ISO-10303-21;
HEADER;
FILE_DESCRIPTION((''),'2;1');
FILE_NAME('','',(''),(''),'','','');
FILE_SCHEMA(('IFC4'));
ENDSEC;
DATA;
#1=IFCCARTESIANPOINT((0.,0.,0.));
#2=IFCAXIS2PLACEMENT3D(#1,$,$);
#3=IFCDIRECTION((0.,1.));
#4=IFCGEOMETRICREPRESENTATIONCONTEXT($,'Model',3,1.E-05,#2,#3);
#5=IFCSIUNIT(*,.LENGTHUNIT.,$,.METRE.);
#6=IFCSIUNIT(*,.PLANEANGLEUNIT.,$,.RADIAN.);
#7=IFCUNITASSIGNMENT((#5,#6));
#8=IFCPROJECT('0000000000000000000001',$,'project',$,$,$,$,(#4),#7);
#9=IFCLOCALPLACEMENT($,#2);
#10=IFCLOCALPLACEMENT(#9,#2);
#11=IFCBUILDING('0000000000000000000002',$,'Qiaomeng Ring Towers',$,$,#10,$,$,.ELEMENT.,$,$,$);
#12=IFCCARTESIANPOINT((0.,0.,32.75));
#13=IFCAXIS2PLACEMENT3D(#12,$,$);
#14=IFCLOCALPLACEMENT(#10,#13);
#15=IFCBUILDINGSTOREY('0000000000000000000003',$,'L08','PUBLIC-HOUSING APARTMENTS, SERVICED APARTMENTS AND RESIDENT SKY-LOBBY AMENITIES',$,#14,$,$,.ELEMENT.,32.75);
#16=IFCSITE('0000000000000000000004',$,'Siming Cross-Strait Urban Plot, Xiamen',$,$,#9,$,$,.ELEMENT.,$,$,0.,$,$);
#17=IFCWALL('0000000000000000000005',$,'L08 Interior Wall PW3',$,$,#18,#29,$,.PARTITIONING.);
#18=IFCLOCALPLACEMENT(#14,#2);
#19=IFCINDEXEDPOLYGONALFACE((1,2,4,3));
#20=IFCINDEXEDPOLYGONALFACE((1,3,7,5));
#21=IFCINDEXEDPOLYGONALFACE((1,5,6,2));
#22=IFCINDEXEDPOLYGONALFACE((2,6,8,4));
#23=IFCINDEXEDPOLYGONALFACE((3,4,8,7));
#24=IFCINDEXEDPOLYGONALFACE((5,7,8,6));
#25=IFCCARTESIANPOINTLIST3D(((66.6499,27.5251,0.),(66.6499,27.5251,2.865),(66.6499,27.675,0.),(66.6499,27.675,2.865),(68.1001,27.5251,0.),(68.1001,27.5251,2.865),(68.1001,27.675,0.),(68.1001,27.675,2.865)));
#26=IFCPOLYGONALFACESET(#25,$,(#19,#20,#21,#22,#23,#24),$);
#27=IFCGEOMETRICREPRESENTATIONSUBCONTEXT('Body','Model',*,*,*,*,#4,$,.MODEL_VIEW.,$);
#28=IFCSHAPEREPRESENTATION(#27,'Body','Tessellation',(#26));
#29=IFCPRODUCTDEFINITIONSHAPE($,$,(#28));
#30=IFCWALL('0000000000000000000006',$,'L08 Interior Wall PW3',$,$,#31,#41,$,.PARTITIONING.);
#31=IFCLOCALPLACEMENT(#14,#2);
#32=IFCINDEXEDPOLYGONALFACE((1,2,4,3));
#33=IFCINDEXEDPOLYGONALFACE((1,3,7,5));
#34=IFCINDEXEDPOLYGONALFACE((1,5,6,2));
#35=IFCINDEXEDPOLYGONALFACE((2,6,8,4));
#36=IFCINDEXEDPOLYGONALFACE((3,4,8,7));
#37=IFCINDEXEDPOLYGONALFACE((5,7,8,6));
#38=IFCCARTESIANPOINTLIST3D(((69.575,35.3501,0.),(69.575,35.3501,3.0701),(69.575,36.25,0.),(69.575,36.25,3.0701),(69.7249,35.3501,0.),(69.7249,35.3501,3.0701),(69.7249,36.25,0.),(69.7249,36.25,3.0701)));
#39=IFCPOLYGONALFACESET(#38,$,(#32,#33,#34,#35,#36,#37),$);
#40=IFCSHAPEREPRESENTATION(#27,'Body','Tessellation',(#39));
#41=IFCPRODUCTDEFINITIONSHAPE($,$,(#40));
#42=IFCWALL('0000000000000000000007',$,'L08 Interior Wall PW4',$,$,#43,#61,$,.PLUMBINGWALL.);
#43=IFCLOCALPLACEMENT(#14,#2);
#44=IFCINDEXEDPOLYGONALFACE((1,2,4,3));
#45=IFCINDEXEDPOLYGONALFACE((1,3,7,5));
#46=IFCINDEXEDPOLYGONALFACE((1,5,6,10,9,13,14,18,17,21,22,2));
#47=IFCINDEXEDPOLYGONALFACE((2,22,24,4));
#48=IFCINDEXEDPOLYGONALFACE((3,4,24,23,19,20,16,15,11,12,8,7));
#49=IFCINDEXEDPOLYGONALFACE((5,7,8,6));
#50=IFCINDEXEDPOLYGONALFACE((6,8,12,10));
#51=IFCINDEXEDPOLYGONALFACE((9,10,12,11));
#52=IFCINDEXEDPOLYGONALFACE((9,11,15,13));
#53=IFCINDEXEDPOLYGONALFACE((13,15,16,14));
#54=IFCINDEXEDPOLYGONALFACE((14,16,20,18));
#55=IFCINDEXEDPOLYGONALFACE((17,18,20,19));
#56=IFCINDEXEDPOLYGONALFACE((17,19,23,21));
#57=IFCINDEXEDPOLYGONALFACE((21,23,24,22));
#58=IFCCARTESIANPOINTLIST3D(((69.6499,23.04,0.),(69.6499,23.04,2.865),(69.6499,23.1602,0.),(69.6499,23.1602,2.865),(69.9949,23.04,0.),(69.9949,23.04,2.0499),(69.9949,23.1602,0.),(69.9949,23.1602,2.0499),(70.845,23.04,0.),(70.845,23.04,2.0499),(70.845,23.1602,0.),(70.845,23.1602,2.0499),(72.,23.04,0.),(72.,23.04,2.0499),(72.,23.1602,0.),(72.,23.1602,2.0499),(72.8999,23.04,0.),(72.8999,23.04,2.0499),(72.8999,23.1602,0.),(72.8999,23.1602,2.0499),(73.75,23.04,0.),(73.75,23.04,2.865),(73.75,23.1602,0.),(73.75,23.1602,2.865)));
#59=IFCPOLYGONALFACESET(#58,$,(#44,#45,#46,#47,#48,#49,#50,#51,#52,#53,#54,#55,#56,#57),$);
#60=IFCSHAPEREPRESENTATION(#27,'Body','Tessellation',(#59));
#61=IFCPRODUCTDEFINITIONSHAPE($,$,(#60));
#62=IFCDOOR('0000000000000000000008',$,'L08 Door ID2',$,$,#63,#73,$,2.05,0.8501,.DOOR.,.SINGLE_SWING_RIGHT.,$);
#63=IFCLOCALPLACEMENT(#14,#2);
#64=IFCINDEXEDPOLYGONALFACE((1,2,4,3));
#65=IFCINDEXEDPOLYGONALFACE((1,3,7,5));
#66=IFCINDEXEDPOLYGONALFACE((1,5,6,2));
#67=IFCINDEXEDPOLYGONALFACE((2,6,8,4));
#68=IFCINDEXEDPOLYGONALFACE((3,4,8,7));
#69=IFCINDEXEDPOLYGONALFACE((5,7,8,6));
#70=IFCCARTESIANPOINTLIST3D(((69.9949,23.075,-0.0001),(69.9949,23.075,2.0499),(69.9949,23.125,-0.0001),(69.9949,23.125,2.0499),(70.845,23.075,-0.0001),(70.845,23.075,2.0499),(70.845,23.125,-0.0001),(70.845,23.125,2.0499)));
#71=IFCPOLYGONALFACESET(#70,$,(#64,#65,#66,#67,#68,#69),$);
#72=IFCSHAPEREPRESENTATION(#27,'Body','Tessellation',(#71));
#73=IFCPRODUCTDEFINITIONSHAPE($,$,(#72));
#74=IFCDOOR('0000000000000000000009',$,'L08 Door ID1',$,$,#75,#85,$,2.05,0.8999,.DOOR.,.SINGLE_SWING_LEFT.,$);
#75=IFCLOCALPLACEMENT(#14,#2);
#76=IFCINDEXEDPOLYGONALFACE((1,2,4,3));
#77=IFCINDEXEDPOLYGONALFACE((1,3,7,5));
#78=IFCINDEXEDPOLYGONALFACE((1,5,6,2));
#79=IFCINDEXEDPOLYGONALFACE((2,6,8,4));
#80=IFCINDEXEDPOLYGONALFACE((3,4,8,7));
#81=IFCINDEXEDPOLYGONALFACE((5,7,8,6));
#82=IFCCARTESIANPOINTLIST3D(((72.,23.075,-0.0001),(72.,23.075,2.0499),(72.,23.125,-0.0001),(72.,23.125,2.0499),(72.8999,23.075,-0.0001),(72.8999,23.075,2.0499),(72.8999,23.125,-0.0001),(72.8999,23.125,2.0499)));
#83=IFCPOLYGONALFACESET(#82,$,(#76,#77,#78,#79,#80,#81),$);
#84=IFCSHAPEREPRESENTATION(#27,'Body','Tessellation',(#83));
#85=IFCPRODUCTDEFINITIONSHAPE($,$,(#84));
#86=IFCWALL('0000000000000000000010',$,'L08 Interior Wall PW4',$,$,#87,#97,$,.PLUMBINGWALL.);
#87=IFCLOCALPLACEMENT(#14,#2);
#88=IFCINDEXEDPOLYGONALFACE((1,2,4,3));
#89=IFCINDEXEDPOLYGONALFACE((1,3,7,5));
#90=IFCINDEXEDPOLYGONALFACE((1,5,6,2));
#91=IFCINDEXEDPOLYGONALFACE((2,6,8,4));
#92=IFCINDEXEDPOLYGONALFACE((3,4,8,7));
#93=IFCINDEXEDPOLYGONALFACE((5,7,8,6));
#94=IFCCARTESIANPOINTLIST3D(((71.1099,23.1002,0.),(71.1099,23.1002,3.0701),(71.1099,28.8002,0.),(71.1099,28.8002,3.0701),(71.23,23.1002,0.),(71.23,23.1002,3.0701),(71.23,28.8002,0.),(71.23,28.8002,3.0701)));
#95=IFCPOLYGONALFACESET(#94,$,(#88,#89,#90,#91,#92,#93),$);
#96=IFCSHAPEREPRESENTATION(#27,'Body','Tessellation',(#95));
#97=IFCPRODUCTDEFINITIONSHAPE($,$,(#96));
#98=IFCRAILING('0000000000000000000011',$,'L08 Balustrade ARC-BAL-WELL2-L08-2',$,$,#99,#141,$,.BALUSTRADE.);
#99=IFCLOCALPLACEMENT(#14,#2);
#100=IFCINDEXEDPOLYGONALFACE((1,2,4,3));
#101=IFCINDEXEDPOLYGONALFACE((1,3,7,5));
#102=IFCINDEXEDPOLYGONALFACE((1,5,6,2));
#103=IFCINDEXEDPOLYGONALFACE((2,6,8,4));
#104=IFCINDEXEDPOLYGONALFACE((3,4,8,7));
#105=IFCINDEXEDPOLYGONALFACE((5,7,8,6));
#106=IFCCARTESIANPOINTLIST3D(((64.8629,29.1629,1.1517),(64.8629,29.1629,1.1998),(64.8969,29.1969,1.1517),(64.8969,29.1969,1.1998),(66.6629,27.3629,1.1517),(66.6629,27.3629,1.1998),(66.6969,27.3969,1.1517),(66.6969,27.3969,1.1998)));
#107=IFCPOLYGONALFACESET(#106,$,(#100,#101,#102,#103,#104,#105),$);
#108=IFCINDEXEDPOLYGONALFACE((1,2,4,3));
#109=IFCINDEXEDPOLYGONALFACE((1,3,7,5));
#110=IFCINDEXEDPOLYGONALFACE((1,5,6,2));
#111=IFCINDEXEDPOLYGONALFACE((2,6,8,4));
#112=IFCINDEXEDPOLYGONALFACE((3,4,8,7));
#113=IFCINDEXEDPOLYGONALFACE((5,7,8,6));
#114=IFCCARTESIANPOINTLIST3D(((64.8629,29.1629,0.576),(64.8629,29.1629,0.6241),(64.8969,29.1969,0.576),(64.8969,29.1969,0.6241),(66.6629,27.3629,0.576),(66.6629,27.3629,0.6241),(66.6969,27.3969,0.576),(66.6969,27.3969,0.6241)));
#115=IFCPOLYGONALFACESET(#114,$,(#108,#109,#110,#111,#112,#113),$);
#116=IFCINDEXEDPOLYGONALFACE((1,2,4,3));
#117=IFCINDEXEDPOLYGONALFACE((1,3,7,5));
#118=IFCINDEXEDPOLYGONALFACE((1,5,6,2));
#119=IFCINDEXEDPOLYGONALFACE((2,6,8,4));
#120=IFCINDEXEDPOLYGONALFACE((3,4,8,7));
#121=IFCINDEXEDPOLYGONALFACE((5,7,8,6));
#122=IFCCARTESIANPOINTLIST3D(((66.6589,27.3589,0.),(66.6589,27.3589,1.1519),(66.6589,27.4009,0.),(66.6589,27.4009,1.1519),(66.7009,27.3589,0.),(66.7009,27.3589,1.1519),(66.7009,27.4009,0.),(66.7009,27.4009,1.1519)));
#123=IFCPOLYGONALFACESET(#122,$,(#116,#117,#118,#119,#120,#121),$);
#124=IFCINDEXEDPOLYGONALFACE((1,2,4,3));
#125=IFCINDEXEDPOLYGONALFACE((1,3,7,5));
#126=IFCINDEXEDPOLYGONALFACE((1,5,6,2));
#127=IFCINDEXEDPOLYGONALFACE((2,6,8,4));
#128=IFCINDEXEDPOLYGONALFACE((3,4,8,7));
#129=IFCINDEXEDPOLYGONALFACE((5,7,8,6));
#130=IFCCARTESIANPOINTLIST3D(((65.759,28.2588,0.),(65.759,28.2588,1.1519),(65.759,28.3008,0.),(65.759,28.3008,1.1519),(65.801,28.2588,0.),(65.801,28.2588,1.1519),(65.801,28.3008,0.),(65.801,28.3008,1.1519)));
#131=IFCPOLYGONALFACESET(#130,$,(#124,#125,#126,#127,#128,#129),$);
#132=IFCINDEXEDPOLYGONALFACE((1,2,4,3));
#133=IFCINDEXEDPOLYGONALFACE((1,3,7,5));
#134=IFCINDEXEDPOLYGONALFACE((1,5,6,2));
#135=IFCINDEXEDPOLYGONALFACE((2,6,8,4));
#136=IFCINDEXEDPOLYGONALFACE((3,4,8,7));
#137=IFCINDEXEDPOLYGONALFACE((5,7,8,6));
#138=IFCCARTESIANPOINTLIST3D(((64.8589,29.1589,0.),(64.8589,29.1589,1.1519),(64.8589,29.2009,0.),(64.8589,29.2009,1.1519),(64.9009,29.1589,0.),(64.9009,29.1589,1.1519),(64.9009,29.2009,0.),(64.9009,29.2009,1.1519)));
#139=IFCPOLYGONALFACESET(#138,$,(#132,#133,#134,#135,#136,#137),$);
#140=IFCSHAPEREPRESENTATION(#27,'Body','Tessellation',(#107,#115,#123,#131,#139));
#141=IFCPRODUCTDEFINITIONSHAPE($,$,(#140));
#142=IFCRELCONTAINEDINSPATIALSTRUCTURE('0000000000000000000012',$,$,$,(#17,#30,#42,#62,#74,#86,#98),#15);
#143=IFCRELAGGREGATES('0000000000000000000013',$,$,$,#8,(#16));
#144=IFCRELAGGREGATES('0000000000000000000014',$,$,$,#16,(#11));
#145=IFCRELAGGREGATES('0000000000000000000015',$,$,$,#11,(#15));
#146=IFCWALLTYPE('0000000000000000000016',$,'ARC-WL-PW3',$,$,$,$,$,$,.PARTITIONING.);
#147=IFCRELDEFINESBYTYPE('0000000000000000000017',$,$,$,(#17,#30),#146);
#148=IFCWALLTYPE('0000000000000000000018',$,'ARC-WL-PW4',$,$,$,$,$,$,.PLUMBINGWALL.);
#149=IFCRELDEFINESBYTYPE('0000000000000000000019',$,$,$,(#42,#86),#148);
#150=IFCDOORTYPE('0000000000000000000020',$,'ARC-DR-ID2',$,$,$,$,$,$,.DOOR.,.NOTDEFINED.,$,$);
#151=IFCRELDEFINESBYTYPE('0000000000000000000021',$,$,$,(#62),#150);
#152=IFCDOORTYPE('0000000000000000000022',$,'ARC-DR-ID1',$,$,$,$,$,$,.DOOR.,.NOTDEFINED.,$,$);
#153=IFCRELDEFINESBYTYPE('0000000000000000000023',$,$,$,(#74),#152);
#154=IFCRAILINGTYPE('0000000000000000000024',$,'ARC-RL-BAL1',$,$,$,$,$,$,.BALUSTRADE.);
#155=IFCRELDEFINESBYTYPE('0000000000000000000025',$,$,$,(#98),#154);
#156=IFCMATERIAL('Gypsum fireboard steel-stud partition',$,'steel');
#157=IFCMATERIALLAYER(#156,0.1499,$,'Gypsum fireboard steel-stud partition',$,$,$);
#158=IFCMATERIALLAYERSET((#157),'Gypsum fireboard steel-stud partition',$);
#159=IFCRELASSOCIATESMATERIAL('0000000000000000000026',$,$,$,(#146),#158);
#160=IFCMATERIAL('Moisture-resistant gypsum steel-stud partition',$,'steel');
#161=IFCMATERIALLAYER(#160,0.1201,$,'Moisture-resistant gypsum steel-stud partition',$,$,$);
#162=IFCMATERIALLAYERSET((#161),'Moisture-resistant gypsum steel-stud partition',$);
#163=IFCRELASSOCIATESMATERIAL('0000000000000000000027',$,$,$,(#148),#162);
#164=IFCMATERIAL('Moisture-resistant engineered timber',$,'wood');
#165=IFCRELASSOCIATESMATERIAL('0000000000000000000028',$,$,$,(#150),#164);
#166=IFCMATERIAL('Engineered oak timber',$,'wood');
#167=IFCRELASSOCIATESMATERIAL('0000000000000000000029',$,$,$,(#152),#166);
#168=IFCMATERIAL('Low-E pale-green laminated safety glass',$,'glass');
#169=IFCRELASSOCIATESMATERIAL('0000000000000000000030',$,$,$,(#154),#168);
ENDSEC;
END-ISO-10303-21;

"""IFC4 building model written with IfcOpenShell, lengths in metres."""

from ifc_helpers import new_model, si_unit, direction, frame, frame_2d, origin, origin_2d, place, context, subcontext, project, spatial, rectangle, extrude, source, transform, mapped, material, layer, layer_set, type_object, element, fill, save


model = new_model("IFC4")

# Units and contexts
model_context = context("Model", 3, precision=1e-05, world=origin(), true_north=direction((0.0, 1.0)))
body_context = subcontext(model_context, "Body", "Model", "MODEL_VIEW")
ifc_project = project(units=[si_unit("LENGTHUNIT", "METRE"), si_unit("PLANEANGLEUNIT", "RADIAN")], contexts=[model_context])

# Site, building, storey
site_placement = place(None, origin())
site = spatial("IfcSite", under=ifc_project, at=site_placement, Name="Siming Cross-Strait Urban Plot, Xiamen", CompositionType="ELEMENT", RefElevation=0.0)
building_placement = place(site_placement, origin())
building = spatial("IfcBuilding", under=site, at=building_placement, Name="Qiaomeng Ring Towers", CompositionType="ELEMENT")
storey_placement = place(building_placement, frame((0.0, 0.0, 32.75)))
storey = spatial("IfcBuildingStorey", under=building, at=storey_placement, Name="L08", Description="PUBLIC-HOUSING APARTMENTS, SERVICED APARTMENTS AND RESIDENT SKY-LOBBY AMENITIES", CompositionType="ELEMENT", Elevation=32.75)

# Walls
ifc_material_1 = material(Name="Gypsum fireboard steel-stud partition", Category="steel")
ifc_layer_1 = layer(ifc_material_1, 0.1499, Name="Gypsum fireboard steel-stud partition")
ifc_layer_set_1 = layer_set([ifc_layer_1], Name="Gypsum fireboard steel-stud partition")
wall_type_1 = type_object("IfcWallType", Name="ARC-WL-PW3", PredefinedType="PARTITIONING", material=ifc_layer_set_1)
wall_1_placement = place(storey_placement, frame((66.6499, 27.6001, 0.0), z_axis=(0.0, 0.0, 1.0), x_axis=(1.0, 0.0, 0.0)))
element("IfcWall", 1, at=wall_1_placement, inside=storey, type_object=wall_type_1, Name="L08 Interior Wall PW3", PredefinedType="PARTITIONING", context=body_context, shape_type="SweptSolid", body=[
    extrude(rectangle(XDim=1.4502, YDim=0.1499, at=frame_2d((0.7251, 0.0))), origin(), (0.0, 0.0, 1.0), 2.865),
])
wall_2_placement = place(storey_placement, frame((69.6499, 35.3501, 0.0), z_axis=(0.0, 0.0, 1.0), x_axis=(0.0, 1.0, 0.0)))
element("IfcWall", 2, at=wall_2_placement, inside=storey, type_object=wall_type_1, Name="L08 Interior Wall PW3", PredefinedType="PARTITIONING", context=body_context, shape_type="SweptSolid", body=[
    extrude(rectangle(XDim=0.8999, YDim=0.1499, at=frame_2d((0.45, 0.0))), origin(), (0.0, 0.0, 1.0), 3.0701),
])

# Wall, openings, doors
ifc_material_2 = material(Name="Moisture-resistant gypsum steel-stud partition", Category="steel")
ifc_layer_2 = layer(ifc_material_2, 0.1201, Name="Moisture-resistant gypsum steel-stud partition")
ifc_layer_set_2 = layer_set([ifc_layer_2], Name="Moisture-resistant gypsum steel-stud partition")
wall_type_2 = type_object("IfcWallType", Name="ARC-WL-PW4", PredefinedType="PLUMBINGWALL", material=ifc_layer_set_2)
wall_3_placement = place(storey_placement, frame((69.6499, 23.1001, 0.0), z_axis=(0.0, 0.0, 1.0), x_axis=(1.0, 0.0, 0.0)))
wall_3 = element("IfcWall", 3, at=wall_3_placement, inside=storey, type_object=wall_type_2, Name="L08 Interior Wall PW4", PredefinedType="PLUMBINGWALL", context=body_context, shape_type="SweptSolid", body=[
    extrude(rectangle(XDim=4.1001, YDim=0.1201, at=frame_2d((2.05, 0.0))), origin(), (0.0, 0.0, 1.0), 2.865),
])
opening_1_placement = place(wall_3_placement, frame((0.345, 0.0, 0.0)))
opening_1 = element("IfcOpeningElement", 4, at=opening_1_placement, cuts=wall_3, PredefinedType="OPENING", context=body_context, shape_type="SweptSolid", body=[
    extrude(rectangle(XDim=0.8501, YDim=2.05, at=frame_2d((0.425, 1.0249))), frame((0.0, 0.0701, 0.0), z_axis=(0.0, -1.0, 0.0), x_axis=(1.0, 0.0, 0.0)), (0.0, 0.0, 1.0), 0.1401),
])
opening_2_placement = place(wall_3_placement, frame((2.3501, 0.0, 0.0)))
opening_2 = element("IfcOpeningElement", 5, at=opening_2_placement, cuts=wall_3, PredefinedType="OPENING", context=body_context, shape_type="SweptSolid", body=[
    extrude(rectangle(XDim=0.8999, YDim=2.05, at=frame_2d((0.45, 1.0249))), frame((0.0, 0.0701, 0.0), z_axis=(0.0, -1.0, 0.0), x_axis=(1.0, 0.0, 0.0)), (0.0, 0.0, 1.0), 0.1401),
])
ifc_material_3 = material(Name="Moisture-resistant engineered timber", Category="wood")
door_type_1 = type_object("IfcDoorType", Name="ARC-DR-ID2", OperationType="NOTDEFINED", PredefinedType="DOOR", material=ifc_material_3)
shared_shape_1 = source(origin(), body_context, "Body", "SweptSolid", [
    extrude(rectangle(XDim=0.8501, YDim=2.05, at=frame_2d((0.425, 1.0249))), frame((0.0, 0.0249, 0.0), z_axis=(0.0, -1.0, 0.0), x_axis=(1.0, 0.0, 0.0)), (0.0, 0.0, 1.0), 0.05),
])
door_1_placement = place(opening_1_placement, origin())
door_1 = element("IfcDoor", 6, at=door_1_placement, inside=storey, type_object=door_type_1, Name="L08 Door ID2", OperationType="SINGLE_SWING_RIGHT", OverallHeight=2.05, OverallWidth=0.8501, PredefinedType="DOOR", context=body_context, shape_type="MappedRepresentation", body=[
    mapped(shared_shape_1, transform((0.0, 0.0, 0.0), x_axis=(1.0, 0.0, 0.0), y_axis=(0.0, 1.0, 0.0), z_axis=(0.0, 0.0, 1.0), scale=1.0)),
])
fill(opening_1, door_1)
ifc_material_4 = material(Name="Engineered oak timber", Category="wood")
door_type_2 = type_object("IfcDoorType", Name="ARC-DR-ID1", OperationType="NOTDEFINED", PredefinedType="DOOR", material=ifc_material_4)
shared_shape_2 = source(origin(), body_context, "Body", "SweptSolid", [
    extrude(rectangle(XDim=0.8999, YDim=2.05, at=frame_2d((0.45, 1.0249))), frame((0.0, 0.0249, 0.0), z_axis=(0.0, -1.0, 0.0), x_axis=(1.0, 0.0, 0.0)), (0.0, 0.0, 1.0), 0.05),
])
door_2_placement = place(opening_2_placement, origin())
door_2 = element("IfcDoor", 7, at=door_2_placement, inside=storey, type_object=door_type_2, Name="L08 Door ID1", OperationType="SINGLE_SWING_LEFT", OverallHeight=2.05, OverallWidth=0.8999, PredefinedType="DOOR", context=body_context, shape_type="MappedRepresentation", body=[
    mapped(shared_shape_2, transform((0.0, 0.0, 0.0), x_axis=(1.0, 0.0, 0.0), y_axis=(0.0, 1.0, 0.0), z_axis=(0.0, 0.0, 1.0), scale=1.0)),
])
fill(opening_2, door_2)

# Wall
wall_4_placement = place(storey_placement, frame((71.1699, 23.1001, 0.0), z_axis=(0.0, 0.0, 1.0), x_axis=(0.0, 1.0, 0.0)))
element("IfcWall", 8, at=wall_4_placement, inside=storey, type_object=wall_type_2, Name="L08 Interior Wall PW4", PredefinedType="PLUMBINGWALL", context=body_context, shape_type="SweptSolid", body=[
    extrude(rectangle(XDim=5.7, YDim=0.1201, at=frame_2d((2.8501, 0.0))), origin(), (0.0, 0.0, 1.0), 3.0701),
])

# Railing
ifc_material_5 = material(Name="Low-E pale-green laminated safety glass", Category="glass")
railing_type = type_object("IfcRailingType", Name="ARC-RL-BAL1", PredefinedType="BALUSTRADE", material=ifc_material_5)
railing_1_placement = place(storey_placement, frame((66.6799, 27.3799, 0.0)))
element("IfcRailing", 9, at=railing_1_placement, inside=storey, type_object=railing_type, Name="L08 Balustrade ARC-BAL-WELL2-L08-2", PredefinedType="BALUSTRADE", context=body_context, shape_type="SweptSolid", body=[
    extrude(rectangle(XDim=0.0481, YDim=0.0481, at=origin_2d()), frame((0.0, 0.0, 1.1758), z_axis=(-0.707107, 0.707107, 0.0), x_axis=(-0.707107, -0.707107, 0.0)), (0.0, 0.0, 1.0), 2.5457),
    extrude(rectangle(XDim=0.0481, YDim=0.0481, at=origin_2d()), frame((0.0, 0.0, 0.6001), z_axis=(-0.707107, 0.707107, 0.0), x_axis=(-0.707107, -0.707107, 0.0)), (0.0, 0.0, 1.0), 2.5457),
    extrude(rectangle(XDim=0.042, YDim=0.042, at=origin_2d()), origin(), (0.0, 0.0, 1.0), 1.1519),
    extrude(rectangle(XDim=0.042, YDim=0.042, at=origin_2d()), frame((-0.8999, 0.8999, 0.0)), (0.0, 0.0, 1.0), 1.1519),
    extrude(rectangle(XDim=0.042, YDim=0.042, at=origin_2d()), frame((-1.8, 1.8, 0.0)), (0.0, 0.0, 1.0), 1.1519),
])

save(model, "model.ifc")
